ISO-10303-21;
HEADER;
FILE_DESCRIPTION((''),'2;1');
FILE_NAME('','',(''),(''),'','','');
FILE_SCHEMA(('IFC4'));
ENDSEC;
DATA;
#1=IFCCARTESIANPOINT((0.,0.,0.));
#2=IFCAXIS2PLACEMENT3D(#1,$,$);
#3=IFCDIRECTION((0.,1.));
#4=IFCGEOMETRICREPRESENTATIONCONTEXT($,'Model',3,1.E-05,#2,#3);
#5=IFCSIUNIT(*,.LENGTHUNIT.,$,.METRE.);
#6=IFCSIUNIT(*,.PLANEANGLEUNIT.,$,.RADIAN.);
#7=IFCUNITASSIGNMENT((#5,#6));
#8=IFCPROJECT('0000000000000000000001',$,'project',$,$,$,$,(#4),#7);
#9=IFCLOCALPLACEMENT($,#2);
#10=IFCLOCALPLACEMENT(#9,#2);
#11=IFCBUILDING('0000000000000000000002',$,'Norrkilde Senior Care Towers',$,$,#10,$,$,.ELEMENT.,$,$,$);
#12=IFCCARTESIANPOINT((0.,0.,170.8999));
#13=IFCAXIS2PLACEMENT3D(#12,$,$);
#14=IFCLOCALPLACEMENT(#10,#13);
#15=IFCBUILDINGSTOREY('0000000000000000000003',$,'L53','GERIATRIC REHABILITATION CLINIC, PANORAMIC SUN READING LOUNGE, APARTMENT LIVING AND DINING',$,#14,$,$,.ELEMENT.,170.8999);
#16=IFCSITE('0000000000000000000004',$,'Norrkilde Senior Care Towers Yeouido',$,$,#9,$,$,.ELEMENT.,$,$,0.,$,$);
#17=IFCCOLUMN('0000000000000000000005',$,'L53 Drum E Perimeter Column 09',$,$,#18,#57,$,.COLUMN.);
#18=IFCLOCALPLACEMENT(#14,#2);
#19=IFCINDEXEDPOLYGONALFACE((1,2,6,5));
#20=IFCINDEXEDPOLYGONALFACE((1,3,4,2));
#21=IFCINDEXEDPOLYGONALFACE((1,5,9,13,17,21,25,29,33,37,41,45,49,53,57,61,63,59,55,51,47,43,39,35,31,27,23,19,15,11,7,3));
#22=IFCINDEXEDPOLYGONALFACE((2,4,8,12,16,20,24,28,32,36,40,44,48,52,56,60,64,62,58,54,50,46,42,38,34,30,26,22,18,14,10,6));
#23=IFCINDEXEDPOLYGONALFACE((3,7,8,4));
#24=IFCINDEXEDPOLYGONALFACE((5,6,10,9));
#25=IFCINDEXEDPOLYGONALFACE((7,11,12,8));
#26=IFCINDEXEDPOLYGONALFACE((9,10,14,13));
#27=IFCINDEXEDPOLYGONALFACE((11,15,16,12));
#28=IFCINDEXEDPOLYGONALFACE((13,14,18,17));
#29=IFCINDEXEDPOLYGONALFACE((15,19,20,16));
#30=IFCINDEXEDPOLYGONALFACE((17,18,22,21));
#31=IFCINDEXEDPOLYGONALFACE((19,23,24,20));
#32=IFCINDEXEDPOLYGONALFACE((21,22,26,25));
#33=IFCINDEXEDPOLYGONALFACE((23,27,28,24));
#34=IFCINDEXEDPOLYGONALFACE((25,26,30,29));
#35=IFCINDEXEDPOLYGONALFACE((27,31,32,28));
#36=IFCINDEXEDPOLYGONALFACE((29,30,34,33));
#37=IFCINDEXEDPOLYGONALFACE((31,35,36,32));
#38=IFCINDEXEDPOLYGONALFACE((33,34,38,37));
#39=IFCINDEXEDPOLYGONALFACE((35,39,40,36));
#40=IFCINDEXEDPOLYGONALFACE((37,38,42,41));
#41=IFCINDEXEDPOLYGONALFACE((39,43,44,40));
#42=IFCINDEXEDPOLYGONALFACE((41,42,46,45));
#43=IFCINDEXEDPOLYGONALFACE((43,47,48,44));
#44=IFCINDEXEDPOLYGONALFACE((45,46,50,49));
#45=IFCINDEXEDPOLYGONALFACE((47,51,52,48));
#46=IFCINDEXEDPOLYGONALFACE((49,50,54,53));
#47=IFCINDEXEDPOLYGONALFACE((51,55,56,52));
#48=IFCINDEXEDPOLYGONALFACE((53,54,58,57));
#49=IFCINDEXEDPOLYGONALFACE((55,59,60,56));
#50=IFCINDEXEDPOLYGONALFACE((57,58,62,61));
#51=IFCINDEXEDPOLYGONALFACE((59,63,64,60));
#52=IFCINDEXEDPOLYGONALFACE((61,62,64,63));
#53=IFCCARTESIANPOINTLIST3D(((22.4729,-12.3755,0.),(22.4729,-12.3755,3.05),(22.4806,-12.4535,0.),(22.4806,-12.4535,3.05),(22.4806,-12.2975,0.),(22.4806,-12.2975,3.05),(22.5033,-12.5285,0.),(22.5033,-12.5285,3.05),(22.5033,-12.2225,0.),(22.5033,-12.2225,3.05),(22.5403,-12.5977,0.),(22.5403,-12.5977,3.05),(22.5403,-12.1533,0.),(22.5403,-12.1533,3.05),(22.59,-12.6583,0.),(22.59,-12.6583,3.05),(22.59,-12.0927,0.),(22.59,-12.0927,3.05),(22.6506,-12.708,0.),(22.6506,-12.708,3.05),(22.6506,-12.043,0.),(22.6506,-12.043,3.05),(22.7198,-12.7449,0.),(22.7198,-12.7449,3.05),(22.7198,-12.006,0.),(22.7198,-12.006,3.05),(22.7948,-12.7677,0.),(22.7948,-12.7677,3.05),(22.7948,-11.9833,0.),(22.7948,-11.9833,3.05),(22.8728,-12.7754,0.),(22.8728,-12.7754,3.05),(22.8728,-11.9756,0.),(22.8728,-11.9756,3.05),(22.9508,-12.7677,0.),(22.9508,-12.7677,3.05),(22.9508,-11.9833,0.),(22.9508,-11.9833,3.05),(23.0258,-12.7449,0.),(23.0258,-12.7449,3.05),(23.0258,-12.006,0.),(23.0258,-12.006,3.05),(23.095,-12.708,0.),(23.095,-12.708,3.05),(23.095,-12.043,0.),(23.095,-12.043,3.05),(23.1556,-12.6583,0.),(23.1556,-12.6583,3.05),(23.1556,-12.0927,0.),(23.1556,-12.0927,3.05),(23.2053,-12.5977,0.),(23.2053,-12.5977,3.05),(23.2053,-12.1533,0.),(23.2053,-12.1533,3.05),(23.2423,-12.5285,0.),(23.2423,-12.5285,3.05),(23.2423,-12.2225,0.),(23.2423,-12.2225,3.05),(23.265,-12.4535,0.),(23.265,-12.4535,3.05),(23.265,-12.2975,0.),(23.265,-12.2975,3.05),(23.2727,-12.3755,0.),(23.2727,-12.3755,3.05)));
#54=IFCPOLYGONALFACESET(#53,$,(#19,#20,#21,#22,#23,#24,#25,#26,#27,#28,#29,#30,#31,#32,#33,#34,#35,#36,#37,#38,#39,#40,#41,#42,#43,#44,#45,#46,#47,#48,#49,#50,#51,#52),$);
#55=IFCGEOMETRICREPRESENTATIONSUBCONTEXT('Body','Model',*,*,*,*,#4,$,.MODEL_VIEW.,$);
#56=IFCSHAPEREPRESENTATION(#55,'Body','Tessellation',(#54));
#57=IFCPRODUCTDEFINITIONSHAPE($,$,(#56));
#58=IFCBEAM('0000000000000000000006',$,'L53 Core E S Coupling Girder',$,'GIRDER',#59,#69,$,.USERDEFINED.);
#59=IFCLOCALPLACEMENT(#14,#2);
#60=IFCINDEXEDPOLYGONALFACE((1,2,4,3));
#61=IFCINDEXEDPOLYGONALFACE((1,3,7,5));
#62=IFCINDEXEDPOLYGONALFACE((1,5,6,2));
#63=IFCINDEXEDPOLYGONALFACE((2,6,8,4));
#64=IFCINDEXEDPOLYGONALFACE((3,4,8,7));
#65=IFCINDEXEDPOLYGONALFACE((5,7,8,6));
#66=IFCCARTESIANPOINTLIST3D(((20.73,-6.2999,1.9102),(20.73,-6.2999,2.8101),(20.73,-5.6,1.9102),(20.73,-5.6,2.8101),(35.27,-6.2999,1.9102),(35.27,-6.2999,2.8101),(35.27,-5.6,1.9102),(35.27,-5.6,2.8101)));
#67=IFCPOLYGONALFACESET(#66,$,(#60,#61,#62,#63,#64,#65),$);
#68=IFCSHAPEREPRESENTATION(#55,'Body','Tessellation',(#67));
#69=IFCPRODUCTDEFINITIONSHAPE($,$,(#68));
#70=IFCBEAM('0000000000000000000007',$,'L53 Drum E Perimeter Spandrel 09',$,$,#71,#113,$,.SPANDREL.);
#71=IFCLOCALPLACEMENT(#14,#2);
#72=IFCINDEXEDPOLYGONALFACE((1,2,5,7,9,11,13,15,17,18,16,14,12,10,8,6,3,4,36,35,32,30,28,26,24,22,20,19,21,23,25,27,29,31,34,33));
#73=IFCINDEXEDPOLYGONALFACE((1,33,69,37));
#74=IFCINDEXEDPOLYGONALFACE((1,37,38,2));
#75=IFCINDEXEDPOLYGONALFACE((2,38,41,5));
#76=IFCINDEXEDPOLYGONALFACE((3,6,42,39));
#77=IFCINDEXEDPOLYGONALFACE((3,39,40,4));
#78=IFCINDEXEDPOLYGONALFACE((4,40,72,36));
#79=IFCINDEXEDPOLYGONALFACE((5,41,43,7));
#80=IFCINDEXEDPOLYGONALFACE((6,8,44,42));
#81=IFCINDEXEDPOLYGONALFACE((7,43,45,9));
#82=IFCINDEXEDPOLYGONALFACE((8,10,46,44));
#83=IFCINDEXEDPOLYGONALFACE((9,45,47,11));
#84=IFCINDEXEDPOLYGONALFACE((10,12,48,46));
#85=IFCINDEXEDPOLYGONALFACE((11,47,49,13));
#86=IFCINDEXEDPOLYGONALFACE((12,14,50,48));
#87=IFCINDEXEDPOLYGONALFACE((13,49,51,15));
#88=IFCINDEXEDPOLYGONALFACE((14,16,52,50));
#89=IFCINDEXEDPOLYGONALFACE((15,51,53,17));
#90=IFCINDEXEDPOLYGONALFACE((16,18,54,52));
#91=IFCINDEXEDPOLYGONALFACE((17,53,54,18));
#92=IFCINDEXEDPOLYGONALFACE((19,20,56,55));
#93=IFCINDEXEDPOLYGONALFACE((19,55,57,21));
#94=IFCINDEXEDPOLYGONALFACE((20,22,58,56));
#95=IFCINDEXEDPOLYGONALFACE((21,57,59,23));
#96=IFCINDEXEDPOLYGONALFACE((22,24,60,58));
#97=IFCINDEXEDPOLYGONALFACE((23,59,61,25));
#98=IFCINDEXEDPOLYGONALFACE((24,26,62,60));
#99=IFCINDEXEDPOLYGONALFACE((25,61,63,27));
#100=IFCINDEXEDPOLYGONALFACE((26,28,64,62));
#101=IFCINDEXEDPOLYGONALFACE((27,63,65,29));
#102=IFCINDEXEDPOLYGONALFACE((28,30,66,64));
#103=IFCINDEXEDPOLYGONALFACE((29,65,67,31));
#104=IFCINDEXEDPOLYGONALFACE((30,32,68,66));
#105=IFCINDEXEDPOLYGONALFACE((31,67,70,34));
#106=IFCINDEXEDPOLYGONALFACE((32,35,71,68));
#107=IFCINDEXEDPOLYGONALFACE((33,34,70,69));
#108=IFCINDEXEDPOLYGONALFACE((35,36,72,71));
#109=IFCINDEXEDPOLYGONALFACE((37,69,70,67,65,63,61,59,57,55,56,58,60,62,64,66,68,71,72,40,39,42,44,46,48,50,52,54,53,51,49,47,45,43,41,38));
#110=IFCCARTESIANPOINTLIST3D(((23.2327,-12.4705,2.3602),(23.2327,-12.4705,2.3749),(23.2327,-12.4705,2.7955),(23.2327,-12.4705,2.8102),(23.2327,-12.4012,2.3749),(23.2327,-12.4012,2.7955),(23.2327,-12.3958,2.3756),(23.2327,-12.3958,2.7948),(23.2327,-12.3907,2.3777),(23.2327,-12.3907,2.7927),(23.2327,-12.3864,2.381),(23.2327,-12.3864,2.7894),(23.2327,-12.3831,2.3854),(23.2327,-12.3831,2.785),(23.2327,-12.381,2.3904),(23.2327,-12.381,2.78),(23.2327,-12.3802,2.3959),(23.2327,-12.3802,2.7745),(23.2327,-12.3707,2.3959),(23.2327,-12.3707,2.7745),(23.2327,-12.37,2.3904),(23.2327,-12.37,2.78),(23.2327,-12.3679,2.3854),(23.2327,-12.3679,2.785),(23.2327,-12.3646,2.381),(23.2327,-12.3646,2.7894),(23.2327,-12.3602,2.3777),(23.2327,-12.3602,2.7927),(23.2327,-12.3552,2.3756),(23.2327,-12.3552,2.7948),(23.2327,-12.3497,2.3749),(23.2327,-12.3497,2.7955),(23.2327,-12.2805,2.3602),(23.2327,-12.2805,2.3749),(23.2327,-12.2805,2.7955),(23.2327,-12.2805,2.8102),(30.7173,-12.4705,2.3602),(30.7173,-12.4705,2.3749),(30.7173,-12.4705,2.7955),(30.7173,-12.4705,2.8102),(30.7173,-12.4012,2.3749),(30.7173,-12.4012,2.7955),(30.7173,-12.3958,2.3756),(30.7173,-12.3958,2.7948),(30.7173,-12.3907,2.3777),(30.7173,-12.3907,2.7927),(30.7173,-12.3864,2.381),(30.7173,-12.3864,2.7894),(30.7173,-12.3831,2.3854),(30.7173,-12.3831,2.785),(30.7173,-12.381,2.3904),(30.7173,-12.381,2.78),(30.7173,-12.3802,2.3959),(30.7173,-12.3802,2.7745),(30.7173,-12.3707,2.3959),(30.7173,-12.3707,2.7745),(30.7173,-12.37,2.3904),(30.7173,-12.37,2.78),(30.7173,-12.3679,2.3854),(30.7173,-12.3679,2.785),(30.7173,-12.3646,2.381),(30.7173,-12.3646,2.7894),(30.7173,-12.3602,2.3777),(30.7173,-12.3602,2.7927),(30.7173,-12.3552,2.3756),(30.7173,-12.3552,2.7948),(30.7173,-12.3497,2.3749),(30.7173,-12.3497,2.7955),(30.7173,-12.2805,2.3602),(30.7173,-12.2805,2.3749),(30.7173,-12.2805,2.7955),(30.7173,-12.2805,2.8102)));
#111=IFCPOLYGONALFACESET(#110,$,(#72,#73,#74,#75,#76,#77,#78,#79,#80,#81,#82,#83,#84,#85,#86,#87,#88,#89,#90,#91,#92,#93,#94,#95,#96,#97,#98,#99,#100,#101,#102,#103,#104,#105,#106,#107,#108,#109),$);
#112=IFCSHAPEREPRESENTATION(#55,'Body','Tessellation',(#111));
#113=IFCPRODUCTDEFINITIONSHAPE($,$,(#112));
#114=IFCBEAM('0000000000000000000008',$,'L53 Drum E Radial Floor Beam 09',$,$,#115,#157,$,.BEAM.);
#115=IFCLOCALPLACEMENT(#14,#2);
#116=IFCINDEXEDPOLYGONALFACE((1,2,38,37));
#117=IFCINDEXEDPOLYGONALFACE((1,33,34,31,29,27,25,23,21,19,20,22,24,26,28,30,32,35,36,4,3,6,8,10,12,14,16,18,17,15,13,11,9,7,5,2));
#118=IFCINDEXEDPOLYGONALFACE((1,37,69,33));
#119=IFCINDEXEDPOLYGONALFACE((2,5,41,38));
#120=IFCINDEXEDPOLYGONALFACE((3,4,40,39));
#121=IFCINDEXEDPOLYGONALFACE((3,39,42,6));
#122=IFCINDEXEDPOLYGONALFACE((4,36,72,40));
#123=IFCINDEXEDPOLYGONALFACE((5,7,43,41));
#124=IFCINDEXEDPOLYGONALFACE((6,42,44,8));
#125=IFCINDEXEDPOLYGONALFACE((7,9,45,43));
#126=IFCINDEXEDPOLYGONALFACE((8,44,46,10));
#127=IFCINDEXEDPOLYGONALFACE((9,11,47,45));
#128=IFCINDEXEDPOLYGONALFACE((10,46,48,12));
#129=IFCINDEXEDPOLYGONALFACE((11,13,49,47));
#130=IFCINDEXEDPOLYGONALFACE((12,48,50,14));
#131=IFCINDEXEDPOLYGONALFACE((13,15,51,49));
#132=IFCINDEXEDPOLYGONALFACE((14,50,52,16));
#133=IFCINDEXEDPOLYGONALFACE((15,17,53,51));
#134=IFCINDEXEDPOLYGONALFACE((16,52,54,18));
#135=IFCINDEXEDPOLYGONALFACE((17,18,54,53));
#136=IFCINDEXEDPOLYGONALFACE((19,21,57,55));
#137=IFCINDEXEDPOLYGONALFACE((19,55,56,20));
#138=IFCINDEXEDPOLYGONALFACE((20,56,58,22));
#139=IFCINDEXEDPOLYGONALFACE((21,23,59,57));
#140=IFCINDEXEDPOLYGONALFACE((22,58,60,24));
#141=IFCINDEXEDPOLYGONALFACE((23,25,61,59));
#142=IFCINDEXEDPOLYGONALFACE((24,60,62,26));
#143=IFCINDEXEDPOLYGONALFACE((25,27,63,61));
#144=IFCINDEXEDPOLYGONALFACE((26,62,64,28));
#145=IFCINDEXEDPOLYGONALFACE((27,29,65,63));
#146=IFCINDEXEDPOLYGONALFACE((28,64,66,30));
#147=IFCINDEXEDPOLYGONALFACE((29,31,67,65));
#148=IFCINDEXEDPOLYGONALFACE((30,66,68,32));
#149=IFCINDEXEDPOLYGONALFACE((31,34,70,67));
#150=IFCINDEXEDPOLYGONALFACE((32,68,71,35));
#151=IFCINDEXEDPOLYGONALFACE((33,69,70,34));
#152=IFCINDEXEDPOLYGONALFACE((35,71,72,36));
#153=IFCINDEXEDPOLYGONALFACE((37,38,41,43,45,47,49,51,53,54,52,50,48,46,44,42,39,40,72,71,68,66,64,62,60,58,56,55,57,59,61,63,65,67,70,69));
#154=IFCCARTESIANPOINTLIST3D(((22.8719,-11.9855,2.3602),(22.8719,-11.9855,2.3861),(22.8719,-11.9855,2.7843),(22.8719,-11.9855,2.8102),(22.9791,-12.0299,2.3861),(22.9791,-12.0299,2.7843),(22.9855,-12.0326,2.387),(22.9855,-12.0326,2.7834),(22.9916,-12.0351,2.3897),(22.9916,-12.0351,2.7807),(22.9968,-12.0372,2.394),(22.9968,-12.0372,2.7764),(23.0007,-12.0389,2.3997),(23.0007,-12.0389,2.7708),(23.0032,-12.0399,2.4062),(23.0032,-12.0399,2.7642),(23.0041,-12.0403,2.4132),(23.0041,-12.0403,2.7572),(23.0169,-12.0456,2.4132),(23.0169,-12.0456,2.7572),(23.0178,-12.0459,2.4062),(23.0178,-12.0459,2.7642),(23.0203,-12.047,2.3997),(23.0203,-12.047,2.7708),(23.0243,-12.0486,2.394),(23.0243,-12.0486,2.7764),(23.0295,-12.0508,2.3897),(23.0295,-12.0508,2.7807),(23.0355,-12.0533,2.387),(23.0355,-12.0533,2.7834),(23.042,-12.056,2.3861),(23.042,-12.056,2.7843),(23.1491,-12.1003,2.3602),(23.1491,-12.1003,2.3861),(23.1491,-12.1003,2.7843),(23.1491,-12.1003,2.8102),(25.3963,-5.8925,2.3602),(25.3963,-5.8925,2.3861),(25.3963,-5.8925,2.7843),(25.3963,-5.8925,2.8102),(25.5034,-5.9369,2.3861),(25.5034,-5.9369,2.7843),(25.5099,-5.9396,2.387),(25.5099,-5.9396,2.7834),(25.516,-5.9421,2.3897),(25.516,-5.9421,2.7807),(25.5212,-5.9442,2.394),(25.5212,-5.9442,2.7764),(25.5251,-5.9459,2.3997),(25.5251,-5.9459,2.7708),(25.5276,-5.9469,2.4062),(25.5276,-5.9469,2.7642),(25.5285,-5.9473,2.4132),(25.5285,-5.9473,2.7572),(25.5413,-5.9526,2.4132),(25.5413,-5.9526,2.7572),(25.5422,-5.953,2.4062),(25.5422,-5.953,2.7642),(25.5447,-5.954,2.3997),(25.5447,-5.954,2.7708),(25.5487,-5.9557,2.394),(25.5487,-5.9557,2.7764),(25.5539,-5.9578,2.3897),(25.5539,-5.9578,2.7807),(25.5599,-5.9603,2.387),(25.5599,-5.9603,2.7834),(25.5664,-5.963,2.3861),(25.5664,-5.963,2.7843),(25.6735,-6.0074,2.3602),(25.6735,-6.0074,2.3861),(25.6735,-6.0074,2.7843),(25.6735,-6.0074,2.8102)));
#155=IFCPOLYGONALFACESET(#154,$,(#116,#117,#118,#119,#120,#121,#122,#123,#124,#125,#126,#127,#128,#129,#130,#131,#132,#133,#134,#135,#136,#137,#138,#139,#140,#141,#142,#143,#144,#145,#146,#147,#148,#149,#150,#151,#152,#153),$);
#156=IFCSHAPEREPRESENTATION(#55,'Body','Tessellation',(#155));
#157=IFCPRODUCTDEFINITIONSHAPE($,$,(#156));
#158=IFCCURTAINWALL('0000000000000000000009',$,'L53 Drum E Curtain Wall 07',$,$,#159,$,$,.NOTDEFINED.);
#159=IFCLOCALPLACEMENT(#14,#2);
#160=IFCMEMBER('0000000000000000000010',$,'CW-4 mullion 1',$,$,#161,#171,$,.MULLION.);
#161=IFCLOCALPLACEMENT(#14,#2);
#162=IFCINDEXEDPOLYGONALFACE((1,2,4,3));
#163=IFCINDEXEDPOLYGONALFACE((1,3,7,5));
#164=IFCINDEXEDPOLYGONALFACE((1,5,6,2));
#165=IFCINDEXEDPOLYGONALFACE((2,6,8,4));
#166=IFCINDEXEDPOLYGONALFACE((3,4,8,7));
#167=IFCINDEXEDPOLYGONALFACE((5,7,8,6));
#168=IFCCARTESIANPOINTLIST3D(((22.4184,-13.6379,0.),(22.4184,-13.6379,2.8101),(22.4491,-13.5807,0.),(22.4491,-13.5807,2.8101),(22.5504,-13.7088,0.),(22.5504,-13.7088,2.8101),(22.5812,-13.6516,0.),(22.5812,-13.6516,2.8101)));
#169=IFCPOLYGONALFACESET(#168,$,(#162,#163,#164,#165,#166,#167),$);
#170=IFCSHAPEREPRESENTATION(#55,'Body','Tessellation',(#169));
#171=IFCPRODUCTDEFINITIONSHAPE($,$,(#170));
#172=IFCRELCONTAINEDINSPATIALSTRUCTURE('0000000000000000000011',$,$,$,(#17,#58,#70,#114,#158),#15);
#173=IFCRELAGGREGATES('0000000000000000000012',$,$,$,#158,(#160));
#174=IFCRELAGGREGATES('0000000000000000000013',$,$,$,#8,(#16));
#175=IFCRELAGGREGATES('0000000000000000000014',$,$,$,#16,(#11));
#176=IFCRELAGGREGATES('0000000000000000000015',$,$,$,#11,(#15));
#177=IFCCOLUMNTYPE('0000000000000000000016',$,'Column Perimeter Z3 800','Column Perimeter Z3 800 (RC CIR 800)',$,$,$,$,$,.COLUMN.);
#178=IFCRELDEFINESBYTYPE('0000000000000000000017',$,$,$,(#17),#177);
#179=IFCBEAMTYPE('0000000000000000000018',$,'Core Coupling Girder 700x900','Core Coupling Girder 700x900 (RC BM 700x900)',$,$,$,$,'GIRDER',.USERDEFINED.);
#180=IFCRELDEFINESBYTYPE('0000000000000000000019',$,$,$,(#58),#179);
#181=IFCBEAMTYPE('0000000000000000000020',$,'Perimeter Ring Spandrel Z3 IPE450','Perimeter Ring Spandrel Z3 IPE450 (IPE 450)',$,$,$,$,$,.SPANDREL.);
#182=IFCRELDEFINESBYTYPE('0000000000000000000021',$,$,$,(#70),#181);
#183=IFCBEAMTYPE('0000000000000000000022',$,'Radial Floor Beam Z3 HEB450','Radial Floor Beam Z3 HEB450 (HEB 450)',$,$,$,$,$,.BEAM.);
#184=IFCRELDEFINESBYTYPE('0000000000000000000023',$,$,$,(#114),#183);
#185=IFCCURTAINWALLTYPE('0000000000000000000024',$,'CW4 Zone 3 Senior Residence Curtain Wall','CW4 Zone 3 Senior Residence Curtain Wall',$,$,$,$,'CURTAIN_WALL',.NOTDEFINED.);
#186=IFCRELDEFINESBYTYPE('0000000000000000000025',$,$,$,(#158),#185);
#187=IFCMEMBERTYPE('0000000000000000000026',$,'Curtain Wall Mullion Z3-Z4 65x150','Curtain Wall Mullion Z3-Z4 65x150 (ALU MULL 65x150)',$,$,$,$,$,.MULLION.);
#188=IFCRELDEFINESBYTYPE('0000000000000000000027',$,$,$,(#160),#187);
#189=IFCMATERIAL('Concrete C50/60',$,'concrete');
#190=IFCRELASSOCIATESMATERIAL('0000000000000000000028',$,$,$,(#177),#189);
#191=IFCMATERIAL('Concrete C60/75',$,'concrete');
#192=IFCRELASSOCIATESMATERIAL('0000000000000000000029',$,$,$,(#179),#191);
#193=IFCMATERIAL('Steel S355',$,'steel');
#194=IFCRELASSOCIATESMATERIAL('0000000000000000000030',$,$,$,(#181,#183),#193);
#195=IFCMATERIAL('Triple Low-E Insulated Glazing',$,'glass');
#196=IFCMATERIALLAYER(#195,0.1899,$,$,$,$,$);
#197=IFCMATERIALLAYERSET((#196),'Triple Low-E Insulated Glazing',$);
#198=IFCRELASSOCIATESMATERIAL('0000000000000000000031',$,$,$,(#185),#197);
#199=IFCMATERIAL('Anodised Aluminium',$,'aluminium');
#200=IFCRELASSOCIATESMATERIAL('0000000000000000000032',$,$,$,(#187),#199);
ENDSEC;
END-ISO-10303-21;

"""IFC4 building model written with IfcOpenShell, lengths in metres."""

from ifc_helpers import new_model, si_unit, direction, frame, origin, origin_2d, place, context, subcontext, project, spatial, rectangle, circle, i_section, extrude, source, transform, mapped, material, layer, layer_set, material_profile, profile_set, type_object, type_shapes, element, aggregate, save


model = new_model("IFC4")

# Units and contexts
model_context = context("Model", 3, precision=1e-05, world=origin(), true_north=direction((0.0, 1.0)))
body_context = subcontext(model_context, "Body", "Model", "MODEL_VIEW")
ifc_project = project(units=[si_unit("LENGTHUNIT", "METRE"), si_unit("PLANEANGLEUNIT", "RADIAN")], contexts=[model_context])

# Site, building, storey
site_placement = place(None, origin())
site = spatial("IfcSite", under=ifc_project, at=site_placement, Name="Norrkilde Senior Care Towers Yeouido", CompositionType="ELEMENT", RefElevation=0.0)
building_placement = place(site_placement, origin())
building = spatial("IfcBuilding", under=site, at=building_placement, Name="Norrkilde Senior Care Towers", CompositionType="ELEMENT")
storey_placement = place(building_placement, frame((0.0, 0.0, 170.8999)))
storey = spatial("IfcBuildingStorey", under=building, at=storey_placement, Name="L53", Description="GERIATRIC REHABILITATION CLINIC, PANORAMIC SUN READING LOUNGE, APARTMENT LIVING AND DINING", CompositionType="ELEMENT", Elevation=170.8999)

# Column
ifc_material_1 = material(Name="Concrete C50/60", Category="concrete")
ifc_material_profile_1 = material_profile(ifc_material_1, circle(Radius=0.3999, at=origin_2d()), Name="RC CIR 800")
ifc_profile_set_1 = profile_set([ifc_material_profile_1], Name="Concrete C50/60")
column_type = type_object("IfcColumnType", Name="Column Perimeter Z3 800", Description="Column Perimeter Z3 800 (RC CIR 800)", PredefinedType="COLUMN", material=ifc_profile_set_1)
shared_shape_1 = source(origin(), body_context, "Body", "SweptSolid", [
    extrude(circle(Radius=0.3999, at=origin_2d()), origin(), (0.0, 0.0, 1.0), 3.05),
])
type_shapes(column_type, [shared_shape_1])
column_placement = place(storey_placement, frame((22.8728, -12.3755, 0.0), z_axis=(0.0, 0.0, 1.0), x_axis=(1.0, 0.0, 0.0)))
element("IfcColumn", 1, at=column_placement, inside=storey, type_object=column_type, Name="L53 Drum E Perimeter Column 09", PredefinedType="COLUMN", context=body_context, shape_type="MappedRepresentation", body=[
    mapped(shared_shape_1, transform((0.0, 0.0, 0.0), x_axis=(1.0, 0.0, 0.0), y_axis=(0.0, 1.0, 0.0), z_axis=(0.0, 0.0, 1.0), scale=1.0)),
])

# Beams
ifc_material_2 = material(Name="Concrete C60/75", Category="concrete")
ifc_material_profile_2 = material_profile(ifc_material_2, rectangle(XDim=0.7, YDim=0.8999, at=origin_2d()), Name="RC BM 700x900")
ifc_profile_set_2 = profile_set([ifc_material_profile_2], Name="Concrete C60/75")
beam_type_1 = type_object("IfcBeamType", Name="Core Coupling Girder 700x900", Description="Core Coupling Girder 700x900 (RC BM 700x900)", ElementType="GIRDER", PredefinedType="USERDEFINED", material=ifc_profile_set_2)
shared_shape_2 = source(origin(), body_context, "Body", "SweptSolid", [
    extrude(rectangle(XDim=0.7, YDim=0.8999, at=origin_2d()), origin(), (0.0, 0.0, 1.0), 14.54),
])
type_shapes(beam_type_1, [shared_shape_2])
beam_1_placement = place(storey_placement, frame((20.73, -5.95, 2.3601), z_axis=(1.0, 0.0, 0.0), x_axis=(0.0, 1.0, 0.0)))
element("IfcBeam", 2, at=beam_1_placement, inside=storey, type_object=beam_type_1, Name="L53 Core E S Coupling Girder", ObjectType="GIRDER", PredefinedType="USERDEFINED", context=body_context, shape_type="MappedRepresentation", body=[
    mapped(shared_shape_2, transform((0.0, 0.0, 0.0), x_axis=(1.0, 0.0, 0.0), y_axis=(0.0, 1.0, 0.0), z_axis=(0.0, 0.0, 1.0), scale=1.0)),
])
ifc_material_3 = material(Name="Steel S355", Category="steel")
ifc_material_profile_3 = material_profile(ifc_material_3, i_section(OverallWidth=0.1899, OverallDepth=0.45, WebThickness=0.0095, FlangeThickness=0.0146, FilletRadius=0.021, at=origin_2d()), Name="IPE 450")
ifc_profile_set_3 = profile_set([ifc_material_profile_3], Name="Steel S355")
beam_type_2 = type_object("IfcBeamType", Name="Perimeter Ring Spandrel Z3 IPE450", Description="Perimeter Ring Spandrel Z3 IPE450 (IPE 450)", PredefinedType="SPANDREL", material=ifc_profile_set_3)
shared_shape_3 = source(origin(), body_context, "Body", "SweptSolid", [
    extrude(i_section(OverallWidth=0.1899, OverallDepth=0.45, WebThickness=0.0095, FlangeThickness=0.0146, FilletRadius=0.021, at=origin_2d()), origin(), (0.0, 0.0, 1.0), 7.4846),
])
type_shapes(beam_type_2, [shared_shape_3])
beam_2_placement = place(storey_placement, frame((23.2327, -12.3755, 2.5852), z_axis=(1.0, 0.0, 0.0), x_axis=(0.0, 1.0, 0.0)))
element("IfcBeam", 3, at=beam_2_placement, inside=storey, type_object=beam_type_2, Name="L53 Drum E Perimeter Spandrel 09", PredefinedType="SPANDREL", context=body_context, shape_type="MappedRepresentation", body=[
    mapped(shared_shape_3, transform((0.0, 0.0, 0.0), x_axis=(1.0, 0.0, 0.0), y_axis=(0.0, 1.0, 0.0), z_axis=(0.0, 0.0, 1.0), scale=1.0)),
])
ifc_material_profile_4 = material_profile(ifc_material_3, i_section(OverallWidth=0.3, OverallDepth=0.45, WebThickness=0.0139, FlangeThickness=0.0259, FilletRadius=0.0271, at=origin_2d()), Name="HEB 450")
ifc_profile_set_4 = profile_set([ifc_material_profile_4], Name="Steel S355")
beam_type_3 = type_object("IfcBeamType", Name="Radial Floor Beam Z3 HEB450", Description="Radial Floor Beam Z3 HEB450 (HEB 450)", PredefinedType="BEAM", material=ifc_profile_set_4)
shared_shape_4 = source(origin(), body_context, "Body", "SweptSolid", [
    extrude(i_section(OverallWidth=0.3, OverallDepth=0.45, WebThickness=0.0139, FlangeThickness=0.0259, FilletRadius=0.0271, at=origin_2d()), origin(), (0.0, 0.0, 1.0), 6.5952),
])
type_shapes(beam_type_3, [shared_shape_4])
beam_3_placement = place(storey_placement, frame((25.5349, -5.95, 2.5852), z_axis=(-0.382762, -0.923847, 0.0), x_axis=(0.923847, -0.382762, 0.0)))
element("IfcBeam", 4, at=beam_3_placement, inside=storey, type_object=beam_type_3, Name="L53 Drum E Radial Floor Beam 09", PredefinedType="BEAM", context=body_context, shape_type="MappedRepresentation", body=[
    mapped(shared_shape_4, transform((0.0, 0.0, 0.0), x_axis=(1.0, 0.0, 0.0), y_axis=(0.0, 1.0, 0.0), z_axis=(0.0, 0.0, 1.0), scale=1.0)),
])

# Curtain wall, member
ifc_material_4 = material(Name="Triple Low-E Insulated Glazing", Category="glass")
ifc_layer_1 = layer(ifc_material_4, 0.1899)
ifc_layer_set_1 = layer_set([ifc_layer_1], Name="Triple Low-E Insulated Glazing")
curtain_wall_type = type_object("IfcCurtainWallType", Name="CW4 Zone 3 Senior Residence Curtain Wall", Description="CW4 Zone 3 Senior Residence Curtain Wall", ElementType="CURTAIN_WALL", PredefinedType="NOTDEFINED", material=ifc_layer_set_1)
curtain_wall_1_placement = place(storey_placement, origin())
curtain_wall_1 = element("IfcCurtainWall", 5, at=curtain_wall_1_placement, inside=storey, type_object=curtain_wall_type, Name="L53 Drum E Curtain Wall 07", PredefinedType="NOTDEFINED")
ifc_material_5 = material(Name="Anodised Aluminium", Category="aluminium")
ifc_material_profile_5 = material_profile(ifc_material_5, rectangle(XDim=0.0649, YDim=0.1499, at=origin_2d()), Name="ALU MULL 65x150")
ifc_profile_set_5 = profile_set([ifc_material_profile_5], Name="Anodised Aluminium")
member_type_1 = type_object("IfcMemberType", Name="Curtain Wall Mullion Z3-Z4 65x150", Description="Curtain Wall Mullion Z3-Z4 65x150 (ALU MULL 65x150)", PredefinedType="MULLION", material=ifc_profile_set_5)
shared_shape_5 = source(origin(), body_context, "Body", "SweptSolid", [
    extrude(rectangle(XDim=0.0649, YDim=0.1499, at=origin_2d()), origin(), (0.0, 0.0, 1.0), 2.8101),
])
type_shapes(member_type_1, [shared_shape_5])
member_1_placement = place(storey_placement, frame((22.4998, -13.6448, 0.0), z_axis=(0.0, 0.0, 1.0), x_axis=(-0.473117, -0.881, 0.0)))
member_1 = element("IfcMember", 6, at=member_1_placement, type_object=member_type_1, Name="CW-4 mullion 1", PredefinedType="MULLION", context=body_context, shape_type="MappedRepresentation", body=[
    mapped(shared_shape_5, transform((0.0, 0.0, 0.0), x_axis=(1.0, 0.0, 0.0), y_axis=(0.0, 1.0, 0.0), z_axis=(0.0, 0.0, 1.0), scale=1.0)),
])

aggregate(curtain_wall_1, [member_1])

save(model, "model.ifc")
